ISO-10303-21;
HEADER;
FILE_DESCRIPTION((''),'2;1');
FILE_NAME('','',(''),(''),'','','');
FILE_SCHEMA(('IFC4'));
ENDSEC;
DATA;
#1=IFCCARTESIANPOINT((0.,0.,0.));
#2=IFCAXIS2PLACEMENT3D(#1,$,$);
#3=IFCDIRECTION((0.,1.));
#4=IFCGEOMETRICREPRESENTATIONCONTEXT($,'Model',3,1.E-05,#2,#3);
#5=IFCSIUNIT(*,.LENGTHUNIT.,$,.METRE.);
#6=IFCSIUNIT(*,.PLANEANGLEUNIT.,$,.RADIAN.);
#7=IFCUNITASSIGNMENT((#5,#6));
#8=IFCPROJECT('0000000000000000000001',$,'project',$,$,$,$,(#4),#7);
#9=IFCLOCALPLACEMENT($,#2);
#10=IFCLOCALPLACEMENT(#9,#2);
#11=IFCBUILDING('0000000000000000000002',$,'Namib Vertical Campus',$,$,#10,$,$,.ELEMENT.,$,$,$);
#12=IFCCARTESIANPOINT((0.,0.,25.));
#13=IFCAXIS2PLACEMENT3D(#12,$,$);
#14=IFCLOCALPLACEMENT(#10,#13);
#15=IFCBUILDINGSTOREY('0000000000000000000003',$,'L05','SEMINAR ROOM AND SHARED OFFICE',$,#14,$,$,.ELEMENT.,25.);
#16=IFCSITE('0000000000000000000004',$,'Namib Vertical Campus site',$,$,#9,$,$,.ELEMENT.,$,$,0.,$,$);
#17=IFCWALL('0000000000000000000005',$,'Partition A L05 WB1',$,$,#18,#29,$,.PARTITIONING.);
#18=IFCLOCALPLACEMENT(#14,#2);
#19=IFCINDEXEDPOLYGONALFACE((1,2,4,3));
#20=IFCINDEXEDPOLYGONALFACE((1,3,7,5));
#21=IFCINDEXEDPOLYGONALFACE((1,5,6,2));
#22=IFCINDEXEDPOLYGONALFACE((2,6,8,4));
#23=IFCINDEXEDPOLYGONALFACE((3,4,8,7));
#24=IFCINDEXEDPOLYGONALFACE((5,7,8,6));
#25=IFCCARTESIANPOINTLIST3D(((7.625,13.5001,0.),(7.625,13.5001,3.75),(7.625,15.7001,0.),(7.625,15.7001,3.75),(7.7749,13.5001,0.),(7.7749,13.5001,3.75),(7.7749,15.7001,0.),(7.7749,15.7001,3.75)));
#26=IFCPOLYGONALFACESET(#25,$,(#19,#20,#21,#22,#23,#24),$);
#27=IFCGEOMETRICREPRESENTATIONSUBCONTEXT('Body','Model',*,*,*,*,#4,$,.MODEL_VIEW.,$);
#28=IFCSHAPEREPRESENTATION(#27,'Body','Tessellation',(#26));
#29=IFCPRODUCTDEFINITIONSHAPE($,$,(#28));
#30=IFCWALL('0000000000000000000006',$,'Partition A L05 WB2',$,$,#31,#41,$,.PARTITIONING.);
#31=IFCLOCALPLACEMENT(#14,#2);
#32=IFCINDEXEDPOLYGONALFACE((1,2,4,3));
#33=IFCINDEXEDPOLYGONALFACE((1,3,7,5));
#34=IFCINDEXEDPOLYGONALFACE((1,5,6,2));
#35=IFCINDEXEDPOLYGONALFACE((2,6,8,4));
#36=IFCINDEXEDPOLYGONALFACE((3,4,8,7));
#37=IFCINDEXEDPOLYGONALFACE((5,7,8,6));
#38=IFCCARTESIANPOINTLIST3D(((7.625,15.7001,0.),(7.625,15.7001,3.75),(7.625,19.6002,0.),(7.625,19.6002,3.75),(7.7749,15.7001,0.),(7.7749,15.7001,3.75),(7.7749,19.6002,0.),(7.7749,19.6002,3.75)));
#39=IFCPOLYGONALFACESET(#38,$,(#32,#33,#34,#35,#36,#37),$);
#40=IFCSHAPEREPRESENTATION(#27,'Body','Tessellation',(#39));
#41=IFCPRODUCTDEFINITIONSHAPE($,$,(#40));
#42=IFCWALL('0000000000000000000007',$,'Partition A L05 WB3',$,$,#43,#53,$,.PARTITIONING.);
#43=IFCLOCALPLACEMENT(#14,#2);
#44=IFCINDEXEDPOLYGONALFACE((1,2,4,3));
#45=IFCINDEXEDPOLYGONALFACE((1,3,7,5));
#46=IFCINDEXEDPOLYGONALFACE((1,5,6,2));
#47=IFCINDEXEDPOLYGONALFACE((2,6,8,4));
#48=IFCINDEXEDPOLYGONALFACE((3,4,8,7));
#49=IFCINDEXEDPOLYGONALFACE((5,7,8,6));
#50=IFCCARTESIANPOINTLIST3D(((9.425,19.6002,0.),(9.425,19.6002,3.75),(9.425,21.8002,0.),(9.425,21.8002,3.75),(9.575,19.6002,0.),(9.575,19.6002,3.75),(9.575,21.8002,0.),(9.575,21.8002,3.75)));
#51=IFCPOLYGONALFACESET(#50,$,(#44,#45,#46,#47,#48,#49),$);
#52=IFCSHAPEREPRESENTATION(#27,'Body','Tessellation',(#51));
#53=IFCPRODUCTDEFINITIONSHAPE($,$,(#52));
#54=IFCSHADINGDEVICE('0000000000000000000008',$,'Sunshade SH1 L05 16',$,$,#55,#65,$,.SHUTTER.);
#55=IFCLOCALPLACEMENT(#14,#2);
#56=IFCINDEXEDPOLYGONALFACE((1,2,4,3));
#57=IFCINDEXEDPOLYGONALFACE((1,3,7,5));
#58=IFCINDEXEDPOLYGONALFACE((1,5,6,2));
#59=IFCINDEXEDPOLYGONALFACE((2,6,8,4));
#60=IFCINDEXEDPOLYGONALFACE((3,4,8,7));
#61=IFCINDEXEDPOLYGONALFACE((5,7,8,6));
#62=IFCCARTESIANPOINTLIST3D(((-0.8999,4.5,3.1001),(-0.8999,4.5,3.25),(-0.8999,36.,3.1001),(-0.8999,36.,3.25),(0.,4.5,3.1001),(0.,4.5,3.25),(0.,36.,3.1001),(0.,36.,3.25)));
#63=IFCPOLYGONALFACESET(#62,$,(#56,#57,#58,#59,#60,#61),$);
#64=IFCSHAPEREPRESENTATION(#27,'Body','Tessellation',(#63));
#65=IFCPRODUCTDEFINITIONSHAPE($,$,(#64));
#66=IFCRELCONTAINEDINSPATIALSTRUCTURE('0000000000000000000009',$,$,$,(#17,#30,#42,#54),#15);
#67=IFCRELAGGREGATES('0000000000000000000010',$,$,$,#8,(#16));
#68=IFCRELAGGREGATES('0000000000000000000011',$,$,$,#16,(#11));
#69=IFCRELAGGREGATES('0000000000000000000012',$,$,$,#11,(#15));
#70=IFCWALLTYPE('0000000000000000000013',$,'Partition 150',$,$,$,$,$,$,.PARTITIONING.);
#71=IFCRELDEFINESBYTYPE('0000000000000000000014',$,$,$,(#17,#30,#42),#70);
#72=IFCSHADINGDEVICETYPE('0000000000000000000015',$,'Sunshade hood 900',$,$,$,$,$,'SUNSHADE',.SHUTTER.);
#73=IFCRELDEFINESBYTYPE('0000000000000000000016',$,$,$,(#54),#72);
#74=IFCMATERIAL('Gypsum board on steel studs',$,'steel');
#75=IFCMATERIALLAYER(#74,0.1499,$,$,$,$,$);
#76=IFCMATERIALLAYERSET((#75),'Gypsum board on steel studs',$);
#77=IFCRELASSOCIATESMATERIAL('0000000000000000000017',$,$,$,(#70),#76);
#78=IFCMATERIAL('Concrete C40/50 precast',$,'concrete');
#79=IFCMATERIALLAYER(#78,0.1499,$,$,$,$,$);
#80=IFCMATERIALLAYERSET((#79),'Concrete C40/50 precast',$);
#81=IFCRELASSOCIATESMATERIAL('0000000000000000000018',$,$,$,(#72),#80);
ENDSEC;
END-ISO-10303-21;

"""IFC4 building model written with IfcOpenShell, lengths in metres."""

from ifc_helpers import new_model, si_unit, direction, frame, frame_2d, origin, origin_2d, place, context, subcontext, project, spatial, rectangle, extrude, material, layer, layer_set, type_object, element, save


model = new_model("IFC4")

# Units and contexts
model_context = context("Model", 3, precision=1e-05, world=origin(), true_north=direction((0.0, 1.0)))
body_context = subcontext(model_context, "Body", "Model", "MODEL_VIEW")
ifc_project = project(units=[si_unit("LENGTHUNIT", "METRE"), si_unit("PLANEANGLEUNIT", "RADIAN")], contexts=[model_context])

# Site, building, storey
site_placement = place(None, origin())
site = spatial("IfcSite", under=ifc_project, at=site_placement, Name="Namib Vertical Campus site", CompositionType="ELEMENT", RefElevation=0.0)
building_placement = place(site_placement, origin())
building = spatial("IfcBuilding", under=site, at=building_placement, Name="Namib Vertical Campus", CompositionType="ELEMENT")
storey_placement = place(building_placement, frame((0.0, 0.0, 25.0)))
storey = spatial("IfcBuildingStorey", under=building, at=storey_placement, Name="L05", Description="SEMINAR ROOM AND SHARED OFFICE", CompositionType="ELEMENT", Elevation=25.0)

# Walls
ifc_material_1 = material(Name="Gypsum board on steel studs", Category="steel")
ifc_layer_1 = layer(ifc_material_1, 0.1499)
ifc_layer_set_1 = layer_set([ifc_layer_1], Name="Gypsum board on steel studs")
wall_type_1 = type_object("IfcWallType", Name="Partition 150", PredefinedType="PARTITIONING", material=ifc_layer_set_1)
wall_1_placement = place(storey_placement, frame((7.7, 13.5, 0.0), z_axis=(0.0, 0.0, 1.0), x_axis=(0.0, 1.0, 0.0)))
element("IfcWall", 1, at=wall_1_placement, inside=storey, type_object=wall_type_1, Name="Partition A L05 WB1", PredefinedType="PARTITIONING", context=body_context, shape_type="SweptSolid", body=[
    extrude(rectangle(XDim=2.2, YDim=0.1499, at=frame_2d((1.1001, 0.0))), origin(), (0.0, 0.0, 1.0), 3.75),
])
wall_2_placement = place(storey_placement, frame((7.7, 15.7, 0.0), z_axis=(0.0, 0.0, 1.0), x_axis=(0.0, 1.0, 0.0)))
element("IfcWall", 2, at=wall_2_placement, inside=storey, type_object=wall_type_1, Name="Partition A L05 WB2", PredefinedType="PARTITIONING", context=body_context, shape_type="SweptSolid", body=[
    extrude(rectangle(XDim=3.9001, YDim=0.1499, at=frame_2d((1.9502, 0.0))), origin(), (0.0, 0.0, 1.0), 3.75),
])
wall_3_placement = place(storey_placement, frame((9.5, 19.6001, 0.0), z_axis=(0.0, 0.0, 1.0), x_axis=(0.0, 1.0, 0.0)))
element("IfcWall", 3, at=wall_3_placement, inside=storey, type_object=wall_type_1, Name="Partition A L05 WB3", PredefinedType="PARTITIONING", context=body_context, shape_type="SweptSolid", body=[
    extrude(rectangle(XDim=2.2, YDim=0.1499, at=frame_2d((1.1001, 0.0))), origin(), (0.0, 0.0, 1.0), 3.75),
])

# Shading device
ifc_material_2 = material(Name="Concrete C40/50 precast", Category="concrete")
ifc_layer_2 = layer(ifc_material_2, 0.1499)
ifc_layer_set_2 = layer_set([ifc_layer_2], Name="Concrete C40/50 precast")
shading_device_type = type_object("IfcShadingDeviceType", Name="Sunshade hood 900", ElementType="SUNSHADE", PredefinedType="SHUTTER", material=ifc_layer_set_2)
shading_device_placement = place(storey_placement, frame((-0.45, 20.25, 3.1001), z_axis=(0.0, 0.0, 1.0), x_axis=(0.0, -1.0, 0.0)))
element("IfcShadingDevice", 4, at=shading_device_placement, inside=storey, type_object=shading_device_type, Name="Sunshade SH1 L05 16", PredefinedType="SHUTTER", context=body_context, shape_type="SweptSolid", body=[
    extrude(rectangle(XDim=31.5, YDim=0.8999, at=origin_2d()), origin(), (0.0, 0.0, 1.0), 0.1499),
])

save(model, "model.ifc")
